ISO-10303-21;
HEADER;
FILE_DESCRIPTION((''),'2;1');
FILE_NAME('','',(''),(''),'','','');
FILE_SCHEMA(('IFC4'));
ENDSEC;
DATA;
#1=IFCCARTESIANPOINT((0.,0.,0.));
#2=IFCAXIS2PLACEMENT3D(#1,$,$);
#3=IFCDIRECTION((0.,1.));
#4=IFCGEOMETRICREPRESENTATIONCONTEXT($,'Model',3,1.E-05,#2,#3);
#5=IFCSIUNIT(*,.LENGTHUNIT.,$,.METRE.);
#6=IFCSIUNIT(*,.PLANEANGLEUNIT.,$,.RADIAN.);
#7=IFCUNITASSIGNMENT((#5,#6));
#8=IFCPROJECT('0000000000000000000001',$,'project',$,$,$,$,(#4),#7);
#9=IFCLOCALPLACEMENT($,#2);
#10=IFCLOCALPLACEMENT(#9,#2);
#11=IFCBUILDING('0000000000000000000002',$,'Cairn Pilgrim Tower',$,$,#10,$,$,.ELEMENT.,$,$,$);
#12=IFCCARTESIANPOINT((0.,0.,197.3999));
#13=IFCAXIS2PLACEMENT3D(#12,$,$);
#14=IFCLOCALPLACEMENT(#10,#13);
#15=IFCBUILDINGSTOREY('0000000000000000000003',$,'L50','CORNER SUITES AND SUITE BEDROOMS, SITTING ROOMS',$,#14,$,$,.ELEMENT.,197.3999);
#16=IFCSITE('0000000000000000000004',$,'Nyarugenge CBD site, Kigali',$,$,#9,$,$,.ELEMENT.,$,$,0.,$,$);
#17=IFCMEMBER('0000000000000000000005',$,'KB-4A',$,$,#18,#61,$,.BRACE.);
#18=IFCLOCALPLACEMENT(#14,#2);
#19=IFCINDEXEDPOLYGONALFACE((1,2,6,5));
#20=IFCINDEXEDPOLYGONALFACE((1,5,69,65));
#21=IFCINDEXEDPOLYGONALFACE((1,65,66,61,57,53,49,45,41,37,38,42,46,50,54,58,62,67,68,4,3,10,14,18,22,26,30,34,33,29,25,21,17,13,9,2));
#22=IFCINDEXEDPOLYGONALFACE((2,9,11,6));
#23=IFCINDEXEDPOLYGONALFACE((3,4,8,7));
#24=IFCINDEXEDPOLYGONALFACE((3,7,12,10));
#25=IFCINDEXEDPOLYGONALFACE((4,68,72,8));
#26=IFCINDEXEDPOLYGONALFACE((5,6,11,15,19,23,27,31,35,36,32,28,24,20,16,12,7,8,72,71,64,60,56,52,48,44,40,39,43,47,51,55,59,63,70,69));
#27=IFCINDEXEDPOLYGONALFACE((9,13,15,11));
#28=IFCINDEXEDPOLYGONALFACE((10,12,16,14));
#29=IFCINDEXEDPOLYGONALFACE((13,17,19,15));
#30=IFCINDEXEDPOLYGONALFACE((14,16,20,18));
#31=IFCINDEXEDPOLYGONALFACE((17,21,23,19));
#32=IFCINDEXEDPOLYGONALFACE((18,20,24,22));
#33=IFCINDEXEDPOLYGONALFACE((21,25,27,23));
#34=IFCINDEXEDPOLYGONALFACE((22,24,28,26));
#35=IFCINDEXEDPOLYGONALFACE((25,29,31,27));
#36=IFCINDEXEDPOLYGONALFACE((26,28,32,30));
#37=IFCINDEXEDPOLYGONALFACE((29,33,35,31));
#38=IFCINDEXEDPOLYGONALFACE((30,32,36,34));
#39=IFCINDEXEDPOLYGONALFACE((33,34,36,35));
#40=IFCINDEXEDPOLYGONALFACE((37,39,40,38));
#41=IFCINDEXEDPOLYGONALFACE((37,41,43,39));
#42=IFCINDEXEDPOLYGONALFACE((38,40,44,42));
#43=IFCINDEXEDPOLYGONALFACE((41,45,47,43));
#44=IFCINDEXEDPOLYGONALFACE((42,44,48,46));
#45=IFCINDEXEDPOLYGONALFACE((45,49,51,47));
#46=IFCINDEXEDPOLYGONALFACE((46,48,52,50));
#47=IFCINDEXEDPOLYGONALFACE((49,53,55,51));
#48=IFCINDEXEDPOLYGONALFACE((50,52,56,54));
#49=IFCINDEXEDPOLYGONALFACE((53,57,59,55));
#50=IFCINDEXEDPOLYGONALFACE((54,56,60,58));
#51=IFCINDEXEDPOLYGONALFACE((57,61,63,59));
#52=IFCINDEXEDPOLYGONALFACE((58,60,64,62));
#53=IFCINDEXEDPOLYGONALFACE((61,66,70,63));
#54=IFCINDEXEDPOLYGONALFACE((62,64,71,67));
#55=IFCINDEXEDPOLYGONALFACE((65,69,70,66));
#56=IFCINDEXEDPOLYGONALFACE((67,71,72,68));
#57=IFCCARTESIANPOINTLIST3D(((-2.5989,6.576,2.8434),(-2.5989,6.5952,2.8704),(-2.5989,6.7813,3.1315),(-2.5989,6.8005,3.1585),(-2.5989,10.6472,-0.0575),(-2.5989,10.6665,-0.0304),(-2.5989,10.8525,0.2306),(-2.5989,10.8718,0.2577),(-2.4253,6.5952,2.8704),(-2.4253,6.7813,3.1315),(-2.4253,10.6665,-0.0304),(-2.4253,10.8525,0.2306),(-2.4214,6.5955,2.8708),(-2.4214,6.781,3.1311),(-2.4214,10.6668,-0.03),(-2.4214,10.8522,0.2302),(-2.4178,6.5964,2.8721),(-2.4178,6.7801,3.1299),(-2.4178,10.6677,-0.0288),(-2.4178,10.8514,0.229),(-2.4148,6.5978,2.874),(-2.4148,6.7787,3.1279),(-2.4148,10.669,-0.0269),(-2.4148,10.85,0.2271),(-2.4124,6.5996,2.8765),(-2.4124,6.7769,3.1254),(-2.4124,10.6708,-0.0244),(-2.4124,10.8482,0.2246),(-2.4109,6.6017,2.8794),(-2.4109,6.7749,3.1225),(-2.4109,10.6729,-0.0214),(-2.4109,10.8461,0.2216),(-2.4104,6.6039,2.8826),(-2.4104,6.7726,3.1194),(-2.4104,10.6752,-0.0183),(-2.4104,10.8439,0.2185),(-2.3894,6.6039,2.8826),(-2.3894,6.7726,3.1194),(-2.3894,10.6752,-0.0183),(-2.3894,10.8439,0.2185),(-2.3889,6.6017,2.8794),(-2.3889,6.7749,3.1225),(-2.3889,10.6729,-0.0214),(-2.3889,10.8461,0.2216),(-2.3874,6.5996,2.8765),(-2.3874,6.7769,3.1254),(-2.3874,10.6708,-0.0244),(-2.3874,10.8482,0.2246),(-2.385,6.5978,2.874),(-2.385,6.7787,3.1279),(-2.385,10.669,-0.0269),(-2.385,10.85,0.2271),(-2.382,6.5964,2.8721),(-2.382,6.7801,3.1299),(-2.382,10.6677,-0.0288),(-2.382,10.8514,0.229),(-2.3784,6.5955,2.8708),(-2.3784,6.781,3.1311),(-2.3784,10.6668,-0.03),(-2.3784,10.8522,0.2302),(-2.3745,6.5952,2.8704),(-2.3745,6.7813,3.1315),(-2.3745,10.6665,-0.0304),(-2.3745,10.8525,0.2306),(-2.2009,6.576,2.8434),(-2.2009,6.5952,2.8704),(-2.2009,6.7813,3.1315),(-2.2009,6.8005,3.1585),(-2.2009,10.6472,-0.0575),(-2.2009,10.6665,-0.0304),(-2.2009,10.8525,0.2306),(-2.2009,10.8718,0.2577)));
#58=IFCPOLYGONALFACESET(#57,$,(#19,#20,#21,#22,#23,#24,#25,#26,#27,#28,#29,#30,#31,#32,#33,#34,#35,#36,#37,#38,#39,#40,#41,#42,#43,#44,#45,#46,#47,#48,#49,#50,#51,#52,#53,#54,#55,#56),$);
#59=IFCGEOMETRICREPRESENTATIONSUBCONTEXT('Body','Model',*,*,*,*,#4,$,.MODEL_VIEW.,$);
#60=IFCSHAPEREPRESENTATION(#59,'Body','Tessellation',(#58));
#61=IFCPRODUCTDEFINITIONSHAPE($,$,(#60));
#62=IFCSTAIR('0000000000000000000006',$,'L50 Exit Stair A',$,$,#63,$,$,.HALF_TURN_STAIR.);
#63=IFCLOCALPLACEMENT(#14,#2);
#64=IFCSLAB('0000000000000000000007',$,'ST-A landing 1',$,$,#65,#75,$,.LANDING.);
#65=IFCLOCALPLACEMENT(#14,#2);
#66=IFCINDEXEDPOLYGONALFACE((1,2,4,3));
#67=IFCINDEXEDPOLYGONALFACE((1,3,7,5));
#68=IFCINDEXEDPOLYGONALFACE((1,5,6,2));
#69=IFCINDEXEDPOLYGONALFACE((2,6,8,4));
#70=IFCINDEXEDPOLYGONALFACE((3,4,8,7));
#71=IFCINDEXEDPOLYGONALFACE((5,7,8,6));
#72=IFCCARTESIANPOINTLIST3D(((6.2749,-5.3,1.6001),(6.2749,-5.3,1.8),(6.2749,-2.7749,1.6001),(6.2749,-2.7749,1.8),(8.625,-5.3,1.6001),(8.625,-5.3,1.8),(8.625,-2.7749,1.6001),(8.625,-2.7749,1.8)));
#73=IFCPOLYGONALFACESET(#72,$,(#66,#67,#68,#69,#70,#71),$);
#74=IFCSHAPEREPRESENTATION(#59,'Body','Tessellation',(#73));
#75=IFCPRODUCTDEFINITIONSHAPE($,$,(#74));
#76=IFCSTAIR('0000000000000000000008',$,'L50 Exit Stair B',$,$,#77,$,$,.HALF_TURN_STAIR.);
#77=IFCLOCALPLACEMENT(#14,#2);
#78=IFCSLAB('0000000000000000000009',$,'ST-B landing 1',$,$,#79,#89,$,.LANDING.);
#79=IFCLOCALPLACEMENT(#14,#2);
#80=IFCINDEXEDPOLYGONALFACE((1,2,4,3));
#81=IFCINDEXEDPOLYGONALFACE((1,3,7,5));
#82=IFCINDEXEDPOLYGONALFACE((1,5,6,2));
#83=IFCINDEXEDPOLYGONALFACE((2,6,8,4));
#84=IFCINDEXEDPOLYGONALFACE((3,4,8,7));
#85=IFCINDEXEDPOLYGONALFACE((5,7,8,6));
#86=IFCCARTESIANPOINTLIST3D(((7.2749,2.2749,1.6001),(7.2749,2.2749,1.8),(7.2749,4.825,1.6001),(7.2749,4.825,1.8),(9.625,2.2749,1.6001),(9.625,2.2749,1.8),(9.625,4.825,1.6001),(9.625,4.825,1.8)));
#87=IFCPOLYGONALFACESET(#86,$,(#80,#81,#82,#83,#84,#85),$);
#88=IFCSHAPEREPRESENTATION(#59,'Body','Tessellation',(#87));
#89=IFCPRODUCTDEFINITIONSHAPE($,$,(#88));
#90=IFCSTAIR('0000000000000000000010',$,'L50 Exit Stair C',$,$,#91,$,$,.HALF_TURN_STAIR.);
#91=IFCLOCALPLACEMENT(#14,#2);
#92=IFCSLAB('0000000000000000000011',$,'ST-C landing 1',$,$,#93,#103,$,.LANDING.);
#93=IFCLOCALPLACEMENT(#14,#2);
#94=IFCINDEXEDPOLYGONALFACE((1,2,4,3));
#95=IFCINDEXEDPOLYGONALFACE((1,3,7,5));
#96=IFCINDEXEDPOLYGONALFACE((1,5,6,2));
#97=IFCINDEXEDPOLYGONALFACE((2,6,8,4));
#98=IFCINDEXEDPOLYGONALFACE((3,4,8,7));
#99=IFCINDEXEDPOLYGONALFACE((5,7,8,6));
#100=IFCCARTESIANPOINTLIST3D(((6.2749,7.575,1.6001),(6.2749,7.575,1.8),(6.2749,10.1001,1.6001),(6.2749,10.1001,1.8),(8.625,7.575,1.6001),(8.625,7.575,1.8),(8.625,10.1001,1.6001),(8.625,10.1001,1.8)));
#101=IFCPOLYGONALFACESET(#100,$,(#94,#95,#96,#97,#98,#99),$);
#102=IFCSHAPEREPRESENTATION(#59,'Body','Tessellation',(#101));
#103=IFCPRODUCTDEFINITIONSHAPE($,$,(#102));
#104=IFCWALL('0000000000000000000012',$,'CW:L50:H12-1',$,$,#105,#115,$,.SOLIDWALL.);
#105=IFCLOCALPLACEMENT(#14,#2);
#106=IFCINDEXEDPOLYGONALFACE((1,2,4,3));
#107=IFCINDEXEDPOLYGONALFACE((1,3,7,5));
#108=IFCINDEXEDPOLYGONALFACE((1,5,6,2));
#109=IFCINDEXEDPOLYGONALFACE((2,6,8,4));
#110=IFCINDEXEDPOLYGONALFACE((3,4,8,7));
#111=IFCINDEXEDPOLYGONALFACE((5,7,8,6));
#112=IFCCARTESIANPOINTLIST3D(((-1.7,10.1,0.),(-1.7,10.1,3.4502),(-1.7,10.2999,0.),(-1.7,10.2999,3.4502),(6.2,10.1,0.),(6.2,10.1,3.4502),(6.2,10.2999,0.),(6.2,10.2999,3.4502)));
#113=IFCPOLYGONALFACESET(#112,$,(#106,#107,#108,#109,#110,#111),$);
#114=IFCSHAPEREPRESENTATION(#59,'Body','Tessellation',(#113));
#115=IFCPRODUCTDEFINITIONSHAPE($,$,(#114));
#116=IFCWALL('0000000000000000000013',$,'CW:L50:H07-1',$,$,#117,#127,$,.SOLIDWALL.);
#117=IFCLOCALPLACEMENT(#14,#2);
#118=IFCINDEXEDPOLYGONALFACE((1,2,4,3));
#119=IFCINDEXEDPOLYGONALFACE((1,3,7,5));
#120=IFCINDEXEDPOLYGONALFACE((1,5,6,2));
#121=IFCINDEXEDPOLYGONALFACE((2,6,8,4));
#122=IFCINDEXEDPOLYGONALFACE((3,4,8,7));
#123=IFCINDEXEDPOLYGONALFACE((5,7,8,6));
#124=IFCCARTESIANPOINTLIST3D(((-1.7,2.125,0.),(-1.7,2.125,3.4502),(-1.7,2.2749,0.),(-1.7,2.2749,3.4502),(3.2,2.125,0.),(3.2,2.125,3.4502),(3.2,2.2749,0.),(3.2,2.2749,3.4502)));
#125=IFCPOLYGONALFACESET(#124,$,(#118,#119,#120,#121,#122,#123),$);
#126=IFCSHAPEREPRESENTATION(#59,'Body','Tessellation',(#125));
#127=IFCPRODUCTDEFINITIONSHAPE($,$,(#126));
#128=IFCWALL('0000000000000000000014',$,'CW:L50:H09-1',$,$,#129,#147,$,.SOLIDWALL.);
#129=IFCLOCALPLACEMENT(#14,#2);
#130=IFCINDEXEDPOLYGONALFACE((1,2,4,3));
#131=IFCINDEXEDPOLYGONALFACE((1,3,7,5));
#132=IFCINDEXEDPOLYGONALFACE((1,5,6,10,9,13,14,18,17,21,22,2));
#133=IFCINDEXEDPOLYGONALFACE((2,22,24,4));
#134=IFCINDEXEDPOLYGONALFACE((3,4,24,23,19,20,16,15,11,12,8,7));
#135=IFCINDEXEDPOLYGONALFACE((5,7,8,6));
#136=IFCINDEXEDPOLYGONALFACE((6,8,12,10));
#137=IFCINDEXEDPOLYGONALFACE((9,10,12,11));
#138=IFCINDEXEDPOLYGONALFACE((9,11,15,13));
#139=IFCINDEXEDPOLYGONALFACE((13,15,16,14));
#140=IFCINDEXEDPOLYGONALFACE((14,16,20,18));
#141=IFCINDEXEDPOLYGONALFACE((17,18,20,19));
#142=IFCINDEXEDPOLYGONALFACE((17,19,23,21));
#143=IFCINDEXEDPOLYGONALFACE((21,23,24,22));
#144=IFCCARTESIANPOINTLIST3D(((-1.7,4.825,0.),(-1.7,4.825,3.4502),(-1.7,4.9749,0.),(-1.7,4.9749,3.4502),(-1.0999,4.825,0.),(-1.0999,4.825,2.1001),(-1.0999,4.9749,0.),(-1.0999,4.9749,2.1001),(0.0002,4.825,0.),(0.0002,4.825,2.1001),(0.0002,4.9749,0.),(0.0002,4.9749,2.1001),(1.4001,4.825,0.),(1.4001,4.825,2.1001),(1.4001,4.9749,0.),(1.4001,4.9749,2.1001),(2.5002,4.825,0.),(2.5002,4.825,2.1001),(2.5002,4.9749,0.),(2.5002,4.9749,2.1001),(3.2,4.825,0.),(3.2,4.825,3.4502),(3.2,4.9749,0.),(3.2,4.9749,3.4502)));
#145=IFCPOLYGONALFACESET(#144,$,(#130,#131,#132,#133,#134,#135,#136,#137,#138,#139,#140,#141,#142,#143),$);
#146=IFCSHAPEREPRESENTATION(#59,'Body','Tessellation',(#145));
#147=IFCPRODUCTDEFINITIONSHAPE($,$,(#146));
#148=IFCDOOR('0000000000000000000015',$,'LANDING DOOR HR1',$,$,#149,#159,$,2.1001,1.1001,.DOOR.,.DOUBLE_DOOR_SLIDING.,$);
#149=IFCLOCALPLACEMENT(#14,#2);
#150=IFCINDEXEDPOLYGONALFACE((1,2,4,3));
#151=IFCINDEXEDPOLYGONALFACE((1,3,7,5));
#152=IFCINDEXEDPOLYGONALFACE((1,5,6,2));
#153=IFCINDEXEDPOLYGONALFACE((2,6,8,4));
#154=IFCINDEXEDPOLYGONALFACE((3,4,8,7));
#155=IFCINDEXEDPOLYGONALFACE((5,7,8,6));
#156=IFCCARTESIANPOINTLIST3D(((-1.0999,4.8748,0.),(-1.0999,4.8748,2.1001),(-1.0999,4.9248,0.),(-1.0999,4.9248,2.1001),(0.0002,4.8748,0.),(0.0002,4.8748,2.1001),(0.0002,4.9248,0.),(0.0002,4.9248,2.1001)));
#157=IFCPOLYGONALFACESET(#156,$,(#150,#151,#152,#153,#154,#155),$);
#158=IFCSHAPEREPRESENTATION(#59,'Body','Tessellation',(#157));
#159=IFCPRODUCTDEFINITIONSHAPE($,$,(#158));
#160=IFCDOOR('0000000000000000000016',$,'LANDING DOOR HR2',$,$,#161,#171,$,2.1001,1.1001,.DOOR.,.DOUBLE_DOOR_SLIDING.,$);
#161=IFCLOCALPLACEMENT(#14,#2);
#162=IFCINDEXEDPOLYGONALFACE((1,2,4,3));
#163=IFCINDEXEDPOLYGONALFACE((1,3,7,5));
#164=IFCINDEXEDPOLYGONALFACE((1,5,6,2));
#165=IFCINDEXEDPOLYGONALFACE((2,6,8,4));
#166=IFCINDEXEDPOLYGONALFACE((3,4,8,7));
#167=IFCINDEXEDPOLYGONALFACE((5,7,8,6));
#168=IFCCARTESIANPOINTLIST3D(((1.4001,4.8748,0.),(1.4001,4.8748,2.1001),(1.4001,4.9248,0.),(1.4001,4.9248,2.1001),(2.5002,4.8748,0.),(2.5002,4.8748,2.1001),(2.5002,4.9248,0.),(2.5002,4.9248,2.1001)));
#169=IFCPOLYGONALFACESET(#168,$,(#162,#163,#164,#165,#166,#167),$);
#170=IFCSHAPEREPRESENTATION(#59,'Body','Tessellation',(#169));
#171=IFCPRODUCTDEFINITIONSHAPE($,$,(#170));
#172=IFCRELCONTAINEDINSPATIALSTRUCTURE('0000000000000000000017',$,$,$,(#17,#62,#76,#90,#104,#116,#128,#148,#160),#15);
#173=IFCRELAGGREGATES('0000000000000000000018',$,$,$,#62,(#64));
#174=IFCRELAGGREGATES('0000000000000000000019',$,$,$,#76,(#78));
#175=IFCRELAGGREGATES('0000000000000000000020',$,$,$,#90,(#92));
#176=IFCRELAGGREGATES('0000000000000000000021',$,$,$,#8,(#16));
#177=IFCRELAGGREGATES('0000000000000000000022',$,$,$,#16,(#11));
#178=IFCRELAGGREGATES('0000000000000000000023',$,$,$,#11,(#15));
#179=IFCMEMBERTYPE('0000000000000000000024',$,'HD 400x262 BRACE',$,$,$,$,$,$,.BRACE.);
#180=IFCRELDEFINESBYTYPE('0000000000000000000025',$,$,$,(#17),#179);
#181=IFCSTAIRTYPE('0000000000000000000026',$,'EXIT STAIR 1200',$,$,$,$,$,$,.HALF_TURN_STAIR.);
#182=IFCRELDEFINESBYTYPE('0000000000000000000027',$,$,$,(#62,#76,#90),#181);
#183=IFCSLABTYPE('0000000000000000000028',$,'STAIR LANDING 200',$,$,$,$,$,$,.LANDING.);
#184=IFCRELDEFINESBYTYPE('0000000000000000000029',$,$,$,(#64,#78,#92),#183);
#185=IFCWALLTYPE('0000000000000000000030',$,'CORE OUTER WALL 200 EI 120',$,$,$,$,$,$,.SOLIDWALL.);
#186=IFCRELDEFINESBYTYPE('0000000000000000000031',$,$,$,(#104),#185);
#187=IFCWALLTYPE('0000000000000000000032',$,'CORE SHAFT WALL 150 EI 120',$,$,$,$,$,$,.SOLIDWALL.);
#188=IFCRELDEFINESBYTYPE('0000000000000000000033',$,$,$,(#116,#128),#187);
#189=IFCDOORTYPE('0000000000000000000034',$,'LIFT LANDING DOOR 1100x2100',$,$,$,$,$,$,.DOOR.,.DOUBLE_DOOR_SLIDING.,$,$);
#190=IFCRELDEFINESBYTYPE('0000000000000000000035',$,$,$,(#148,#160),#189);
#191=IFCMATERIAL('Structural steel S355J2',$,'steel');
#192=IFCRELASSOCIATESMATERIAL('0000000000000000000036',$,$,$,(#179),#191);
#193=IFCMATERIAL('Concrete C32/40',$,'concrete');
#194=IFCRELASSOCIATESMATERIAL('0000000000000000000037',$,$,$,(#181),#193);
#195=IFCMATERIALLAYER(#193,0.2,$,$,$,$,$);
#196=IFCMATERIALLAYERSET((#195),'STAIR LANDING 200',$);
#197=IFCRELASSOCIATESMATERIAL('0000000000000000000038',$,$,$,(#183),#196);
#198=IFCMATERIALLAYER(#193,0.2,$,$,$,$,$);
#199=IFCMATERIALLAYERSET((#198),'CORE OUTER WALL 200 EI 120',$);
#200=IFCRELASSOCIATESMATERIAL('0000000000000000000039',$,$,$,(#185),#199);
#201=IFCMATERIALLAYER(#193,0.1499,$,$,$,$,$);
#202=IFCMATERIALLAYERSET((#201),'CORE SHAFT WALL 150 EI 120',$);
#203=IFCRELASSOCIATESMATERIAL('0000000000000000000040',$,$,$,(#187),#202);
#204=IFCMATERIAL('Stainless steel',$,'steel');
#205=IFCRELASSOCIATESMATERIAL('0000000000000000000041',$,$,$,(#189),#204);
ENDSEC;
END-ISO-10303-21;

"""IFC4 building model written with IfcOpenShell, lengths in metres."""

from ifc_helpers import new_model, si_unit, direction, frame, frame_2d, origin, origin_2d, place, context, subcontext, project, spatial, polyline, rectangle, i_section, outline, extrude, material, layer, layer_set, material_profile, profile_set, type_object, element, fill, aggregate, save


model = new_model("IFC4")

# Units and contexts
model_context = context("Model", 3, precision=1e-05, world=origin(), true_north=direction((0.0, 1.0)))
body_context = subcontext(model_context, "Body", "Model", "MODEL_VIEW")
ifc_project = project(units=[si_unit("LENGTHUNIT", "METRE"), si_unit("PLANEANGLEUNIT", "RADIAN")], contexts=[model_context])

# Site, building, storey
site_placement = place(None, origin())
site = spatial("IfcSite", under=ifc_project, at=site_placement, Name="Nyarugenge CBD site, Kigali", CompositionType="ELEMENT", RefElevation=0.0)
building_placement = place(site_placement, origin())
building = spatial("IfcBuilding", under=site, at=building_placement, Name="Cairn Pilgrim Tower", CompositionType="ELEMENT")
storey_placement = place(building_placement, frame((0.0, 0.0, 197.3999)))
storey = spatial("IfcBuildingStorey", under=building, at=storey_placement, Name="L50", Description="CORNER SUITES AND SUITE BEDROOMS, SITTING ROOMS", CompositionType="ELEMENT", Elevation=197.3999)

# Member
ifc_material_1 = material(Name="Structural steel S355J2", Category="steel")
ifc_material_profile = material_profile(ifc_material_1, i_section(OverallWidth=0.3979, OverallDepth=0.387, WebThickness=0.021, FlangeThickness=0.0332, FilletRadius=0.0149, at=origin_2d()), Name="HD 400x262")
ifc_profile_set = profile_set([ifc_material_profile], Name="Structural steel S355J2")
member_type = type_object("IfcMemberType", Name="HD 400x262 BRACE", PredefinedType="BRACE", material=ifc_profile_set)
member_placement = place(storey_placement, frame((-2.3999, 10.7595, 0.1001), z_axis=(0.0, -0.814413, 0.580286), x_axis=(1.0, 0.0, 0.0)))
element("IfcMember", 1, at=member_placement, inside=storey, type_object=member_type, Name="KB-4A", PredefinedType="BRACE", context=body_context, shape_type="SweptSolid", body=[
    extrude(i_section(OverallWidth=0.3979, OverallDepth=0.387, WebThickness=0.021, FlangeThickness=0.0332, FilletRadius=0.0149, at=origin_2d()), origin(), (0.0, 0.0, 1.0), 4.999),
])

# Stairs, slabs
ifc_material_2 = material(Name="Concrete C32/40", Category="concrete")
stair_type = type_object("IfcStairType", Name="EXIT STAIR 1200", PredefinedType="HALF_TURN_STAIR", material=ifc_material_2)
stair_1_placement = place(storey_placement, origin())
stair_1 = element("IfcStair", 2, at=stair_1_placement, inside=storey, type_object=stair_type, Name="L50 Exit Stair A", PredefinedType="HALF_TURN_STAIR")
ifc_layer_1 = layer(ifc_material_2, 0.2)
ifc_layer_set_1 = layer_set([ifc_layer_1], Name="STAIR LANDING 200")
slab_type = type_object("IfcSlabType", Name="STAIR LANDING 200", PredefinedType="LANDING", material=ifc_layer_set_1)
slab_1_placement = place(storey_placement, frame((0.0, 0.0, 1.6001)))
slab_1 = element("IfcSlab", 3, at=slab_1_placement, type_object=slab_type, Name="ST-A landing 1", PredefinedType="LANDING", context=body_context, shape_type="SweptSolid", body=[
    extrude(outline(polyline([(8.625, -2.7749), (6.2749, -2.7749), (6.2749, -5.3), (8.625, -5.3), (8.625, -2.7749)])), origin(), (0.0, 0.0, 1.0), 0.2),
])
aggregate(stair_1, [slab_1])
stair_2_placement = place(storey_placement, origin())
stair_2 = element("IfcStair", 4, at=stair_2_placement, inside=storey, type_object=stair_type, Name="L50 Exit Stair B", PredefinedType="HALF_TURN_STAIR")
slab_2_placement = place(storey_placement, frame((0.0, 0.0, 1.6001)))
slab_2 = element("IfcSlab", 5, at=slab_2_placement, type_object=slab_type, Name="ST-B landing 1", PredefinedType="LANDING", context=body_context, shape_type="SweptSolid", body=[
    extrude(outline(polyline([(7.2749, 2.2749), (9.625, 2.2749), (9.625, 4.825), (7.2749, 4.825), (7.2749, 2.2749)])), origin(), (0.0, 0.0, 1.0), 0.2),
])
aggregate(stair_2, [slab_2])
stair_3_placement = place(storey_placement, origin())
stair_3 = element("IfcStair", 6, at=stair_3_placement, inside=storey, type_object=stair_type, Name="L50 Exit Stair C", PredefinedType="HALF_TURN_STAIR")
slab_3_placement = place(storey_placement, frame((0.0, 0.0, 1.6001)))
slab_3 = element("IfcSlab", 7, at=slab_3_placement, type_object=slab_type, Name="ST-C landing 1", PredefinedType="LANDING", context=body_context, shape_type="SweptSolid", body=[
    extrude(outline(polyline([(8.625, 10.1001), (6.2749, 10.1001), (6.2749, 7.575), (8.625, 7.575), (8.625, 10.1001)])), origin(), (0.0, 0.0, 1.0), 0.2),
])
aggregate(stair_3, [slab_3])

# Walls
ifc_layer_2 = layer(ifc_material_2, 0.2)
ifc_layer_set_2 = layer_set([ifc_layer_2], Name="CORE OUTER WALL 200 EI 120")
wall_type_1 = type_object("IfcWallType", Name="CORE OUTER WALL 200 EI 120", PredefinedType="SOLIDWALL", material=ifc_layer_set_2)
wall_1_placement = place(storey_placement, frame((-1.7, 10.2, 0.0), z_axis=(0.0, 0.0, 1.0), x_axis=(1.0, 0.0, 0.0)))
element("IfcWall", 8, at=wall_1_placement, inside=storey, type_object=wall_type_1, Name="CW:L50:H12-1", PredefinedType="SOLIDWALL", context=body_context, shape_type="SweptSolid", body=[
    extrude(rectangle(XDim=7.8999, YDim=0.2, at=frame_2d((3.95, 0.0))), origin(), (0.0, 0.0, 1.0), 3.4502),
])
ifc_layer_3 = layer(ifc_material_2, 0.1499)
ifc_layer_set_3 = layer_set([ifc_layer_3], Name="CORE SHAFT WALL 150 EI 120")
wall_type_2 = type_object("IfcWallType", Name="CORE SHAFT WALL 150 EI 120", PredefinedType="SOLIDWALL", material=ifc_layer_set_3)
wall_2_placement = place(storey_placement, frame((-1.7, 2.2, 0.0), z_axis=(0.0, 0.0, 1.0), x_axis=(1.0, 0.0, 0.0)))
element("IfcWall", 9, at=wall_2_placement, inside=storey, type_object=wall_type_2, Name="CW:L50:H07-1", PredefinedType="SOLIDWALL", context=body_context, shape_type="SweptSolid", body=[
    extrude(rectangle(XDim=4.8999, YDim=0.1499, at=frame_2d((2.45, 0.0))), origin(), (0.0, 0.0, 1.0), 3.4502),
])

# Wall, openings, doors
wall_3_placement = place(storey_placement, frame((-1.7, 4.8999, 0.0), z_axis=(0.0, 0.0, 1.0), x_axis=(1.0, 0.0, 0.0)))
wall_3 = element("IfcWall", 10, at=wall_3_placement, inside=storey, type_object=wall_type_2, Name="CW:L50:H09-1", PredefinedType="SOLIDWALL", context=body_context, shape_type="SweptSolid", body=[
    extrude(rectangle(XDim=4.8999, YDim=0.1499, at=frame_2d((2.45, 0.0))), origin(), (0.0, 0.0, 1.0), 3.4502),
])
opening_1_placement = place(wall_3_placement, frame((0.6001, 0.0, 0.0)))
opening_1 = element("IfcOpeningElement", 11, at=opening_1_placement, cuts=wall_3, PredefinedType="OPENING", context=body_context, shape_type="SweptSolid", body=[
    extrude(rectangle(XDim=1.1001, YDim=2.1001, at=frame_2d((0.55, 1.05))), frame((0.0, 0.085, 0.0), z_axis=(0.0, -1.0, 0.0), x_axis=(1.0, 0.0, 0.0)), (0.0, 0.0, 1.0), 0.1699),
])
opening_2_placement = place(wall_3_placement, frame((3.1001, 0.0, 0.0)))
opening_2 = element("IfcOpeningElement", 12, at=opening_2_placement, cuts=wall_3, PredefinedType="OPENING", context=body_context, shape_type="SweptSolid", body=[
    extrude(rectangle(XDim=1.1001, YDim=2.1001, at=frame_2d((0.55, 1.05))), frame((0.0, 0.085, 0.0), z_axis=(0.0, -1.0, 0.0), x_axis=(1.0, 0.0, 0.0)), (0.0, 0.0, 1.0), 0.1699),
])
ifc_material_3 = material(Name="Stainless steel", Category="steel")
door_type_1 = type_object("IfcDoorType", Name="LIFT LANDING DOOR 1100x2100", OperationType="DOUBLE_DOOR_SLIDING", PredefinedType="DOOR", material=ifc_material_3)
door_1_placement = place(opening_1_placement, origin())
door_1 = element("IfcDoor", 13, at=door_1_placement, inside=storey, type_object=door_type_1, Name="LANDING DOOR HR1", OperationType="DOUBLE_DOOR_SLIDING", OverallHeight=2.1001, OverallWidth=1.1001, PredefinedType="DOOR", context=body_context, shape_type="SweptSolid", body=[
    extrude(rectangle(XDim=1.1001, YDim=2.1001, at=frame_2d((0.55, 1.05))), frame((0.0, 0.0249, 0.0), z_axis=(0.0, -1.0, 0.0), x_axis=(1.0, 0.0, 0.0)), (0.0, 0.0, 1.0), 0.05),
])
fill(opening_1, door_1)
door_2_placement = place(opening_2_placement, origin())
door_2 = element("IfcDoor", 14, at=door_2_placement, inside=storey, type_object=door_type_1, Name="LANDING DOOR HR2", OperationType="DOUBLE_DOOR_SLIDING", OverallHeight=2.1001, OverallWidth=1.1001, PredefinedType="DOOR", context=body_context, shape_type="SweptSolid", body=[
    extrude(rectangle(XDim=1.1001, YDim=2.1001, at=frame_2d((0.55, 1.05))), frame((0.0, 0.0249, 0.0), z_axis=(0.0, -1.0, 0.0), x_axis=(1.0, 0.0, 0.0)), (0.0, 0.0, 1.0), 0.05),
])
fill(opening_2, door_2)

save(model, "model.ifc")
